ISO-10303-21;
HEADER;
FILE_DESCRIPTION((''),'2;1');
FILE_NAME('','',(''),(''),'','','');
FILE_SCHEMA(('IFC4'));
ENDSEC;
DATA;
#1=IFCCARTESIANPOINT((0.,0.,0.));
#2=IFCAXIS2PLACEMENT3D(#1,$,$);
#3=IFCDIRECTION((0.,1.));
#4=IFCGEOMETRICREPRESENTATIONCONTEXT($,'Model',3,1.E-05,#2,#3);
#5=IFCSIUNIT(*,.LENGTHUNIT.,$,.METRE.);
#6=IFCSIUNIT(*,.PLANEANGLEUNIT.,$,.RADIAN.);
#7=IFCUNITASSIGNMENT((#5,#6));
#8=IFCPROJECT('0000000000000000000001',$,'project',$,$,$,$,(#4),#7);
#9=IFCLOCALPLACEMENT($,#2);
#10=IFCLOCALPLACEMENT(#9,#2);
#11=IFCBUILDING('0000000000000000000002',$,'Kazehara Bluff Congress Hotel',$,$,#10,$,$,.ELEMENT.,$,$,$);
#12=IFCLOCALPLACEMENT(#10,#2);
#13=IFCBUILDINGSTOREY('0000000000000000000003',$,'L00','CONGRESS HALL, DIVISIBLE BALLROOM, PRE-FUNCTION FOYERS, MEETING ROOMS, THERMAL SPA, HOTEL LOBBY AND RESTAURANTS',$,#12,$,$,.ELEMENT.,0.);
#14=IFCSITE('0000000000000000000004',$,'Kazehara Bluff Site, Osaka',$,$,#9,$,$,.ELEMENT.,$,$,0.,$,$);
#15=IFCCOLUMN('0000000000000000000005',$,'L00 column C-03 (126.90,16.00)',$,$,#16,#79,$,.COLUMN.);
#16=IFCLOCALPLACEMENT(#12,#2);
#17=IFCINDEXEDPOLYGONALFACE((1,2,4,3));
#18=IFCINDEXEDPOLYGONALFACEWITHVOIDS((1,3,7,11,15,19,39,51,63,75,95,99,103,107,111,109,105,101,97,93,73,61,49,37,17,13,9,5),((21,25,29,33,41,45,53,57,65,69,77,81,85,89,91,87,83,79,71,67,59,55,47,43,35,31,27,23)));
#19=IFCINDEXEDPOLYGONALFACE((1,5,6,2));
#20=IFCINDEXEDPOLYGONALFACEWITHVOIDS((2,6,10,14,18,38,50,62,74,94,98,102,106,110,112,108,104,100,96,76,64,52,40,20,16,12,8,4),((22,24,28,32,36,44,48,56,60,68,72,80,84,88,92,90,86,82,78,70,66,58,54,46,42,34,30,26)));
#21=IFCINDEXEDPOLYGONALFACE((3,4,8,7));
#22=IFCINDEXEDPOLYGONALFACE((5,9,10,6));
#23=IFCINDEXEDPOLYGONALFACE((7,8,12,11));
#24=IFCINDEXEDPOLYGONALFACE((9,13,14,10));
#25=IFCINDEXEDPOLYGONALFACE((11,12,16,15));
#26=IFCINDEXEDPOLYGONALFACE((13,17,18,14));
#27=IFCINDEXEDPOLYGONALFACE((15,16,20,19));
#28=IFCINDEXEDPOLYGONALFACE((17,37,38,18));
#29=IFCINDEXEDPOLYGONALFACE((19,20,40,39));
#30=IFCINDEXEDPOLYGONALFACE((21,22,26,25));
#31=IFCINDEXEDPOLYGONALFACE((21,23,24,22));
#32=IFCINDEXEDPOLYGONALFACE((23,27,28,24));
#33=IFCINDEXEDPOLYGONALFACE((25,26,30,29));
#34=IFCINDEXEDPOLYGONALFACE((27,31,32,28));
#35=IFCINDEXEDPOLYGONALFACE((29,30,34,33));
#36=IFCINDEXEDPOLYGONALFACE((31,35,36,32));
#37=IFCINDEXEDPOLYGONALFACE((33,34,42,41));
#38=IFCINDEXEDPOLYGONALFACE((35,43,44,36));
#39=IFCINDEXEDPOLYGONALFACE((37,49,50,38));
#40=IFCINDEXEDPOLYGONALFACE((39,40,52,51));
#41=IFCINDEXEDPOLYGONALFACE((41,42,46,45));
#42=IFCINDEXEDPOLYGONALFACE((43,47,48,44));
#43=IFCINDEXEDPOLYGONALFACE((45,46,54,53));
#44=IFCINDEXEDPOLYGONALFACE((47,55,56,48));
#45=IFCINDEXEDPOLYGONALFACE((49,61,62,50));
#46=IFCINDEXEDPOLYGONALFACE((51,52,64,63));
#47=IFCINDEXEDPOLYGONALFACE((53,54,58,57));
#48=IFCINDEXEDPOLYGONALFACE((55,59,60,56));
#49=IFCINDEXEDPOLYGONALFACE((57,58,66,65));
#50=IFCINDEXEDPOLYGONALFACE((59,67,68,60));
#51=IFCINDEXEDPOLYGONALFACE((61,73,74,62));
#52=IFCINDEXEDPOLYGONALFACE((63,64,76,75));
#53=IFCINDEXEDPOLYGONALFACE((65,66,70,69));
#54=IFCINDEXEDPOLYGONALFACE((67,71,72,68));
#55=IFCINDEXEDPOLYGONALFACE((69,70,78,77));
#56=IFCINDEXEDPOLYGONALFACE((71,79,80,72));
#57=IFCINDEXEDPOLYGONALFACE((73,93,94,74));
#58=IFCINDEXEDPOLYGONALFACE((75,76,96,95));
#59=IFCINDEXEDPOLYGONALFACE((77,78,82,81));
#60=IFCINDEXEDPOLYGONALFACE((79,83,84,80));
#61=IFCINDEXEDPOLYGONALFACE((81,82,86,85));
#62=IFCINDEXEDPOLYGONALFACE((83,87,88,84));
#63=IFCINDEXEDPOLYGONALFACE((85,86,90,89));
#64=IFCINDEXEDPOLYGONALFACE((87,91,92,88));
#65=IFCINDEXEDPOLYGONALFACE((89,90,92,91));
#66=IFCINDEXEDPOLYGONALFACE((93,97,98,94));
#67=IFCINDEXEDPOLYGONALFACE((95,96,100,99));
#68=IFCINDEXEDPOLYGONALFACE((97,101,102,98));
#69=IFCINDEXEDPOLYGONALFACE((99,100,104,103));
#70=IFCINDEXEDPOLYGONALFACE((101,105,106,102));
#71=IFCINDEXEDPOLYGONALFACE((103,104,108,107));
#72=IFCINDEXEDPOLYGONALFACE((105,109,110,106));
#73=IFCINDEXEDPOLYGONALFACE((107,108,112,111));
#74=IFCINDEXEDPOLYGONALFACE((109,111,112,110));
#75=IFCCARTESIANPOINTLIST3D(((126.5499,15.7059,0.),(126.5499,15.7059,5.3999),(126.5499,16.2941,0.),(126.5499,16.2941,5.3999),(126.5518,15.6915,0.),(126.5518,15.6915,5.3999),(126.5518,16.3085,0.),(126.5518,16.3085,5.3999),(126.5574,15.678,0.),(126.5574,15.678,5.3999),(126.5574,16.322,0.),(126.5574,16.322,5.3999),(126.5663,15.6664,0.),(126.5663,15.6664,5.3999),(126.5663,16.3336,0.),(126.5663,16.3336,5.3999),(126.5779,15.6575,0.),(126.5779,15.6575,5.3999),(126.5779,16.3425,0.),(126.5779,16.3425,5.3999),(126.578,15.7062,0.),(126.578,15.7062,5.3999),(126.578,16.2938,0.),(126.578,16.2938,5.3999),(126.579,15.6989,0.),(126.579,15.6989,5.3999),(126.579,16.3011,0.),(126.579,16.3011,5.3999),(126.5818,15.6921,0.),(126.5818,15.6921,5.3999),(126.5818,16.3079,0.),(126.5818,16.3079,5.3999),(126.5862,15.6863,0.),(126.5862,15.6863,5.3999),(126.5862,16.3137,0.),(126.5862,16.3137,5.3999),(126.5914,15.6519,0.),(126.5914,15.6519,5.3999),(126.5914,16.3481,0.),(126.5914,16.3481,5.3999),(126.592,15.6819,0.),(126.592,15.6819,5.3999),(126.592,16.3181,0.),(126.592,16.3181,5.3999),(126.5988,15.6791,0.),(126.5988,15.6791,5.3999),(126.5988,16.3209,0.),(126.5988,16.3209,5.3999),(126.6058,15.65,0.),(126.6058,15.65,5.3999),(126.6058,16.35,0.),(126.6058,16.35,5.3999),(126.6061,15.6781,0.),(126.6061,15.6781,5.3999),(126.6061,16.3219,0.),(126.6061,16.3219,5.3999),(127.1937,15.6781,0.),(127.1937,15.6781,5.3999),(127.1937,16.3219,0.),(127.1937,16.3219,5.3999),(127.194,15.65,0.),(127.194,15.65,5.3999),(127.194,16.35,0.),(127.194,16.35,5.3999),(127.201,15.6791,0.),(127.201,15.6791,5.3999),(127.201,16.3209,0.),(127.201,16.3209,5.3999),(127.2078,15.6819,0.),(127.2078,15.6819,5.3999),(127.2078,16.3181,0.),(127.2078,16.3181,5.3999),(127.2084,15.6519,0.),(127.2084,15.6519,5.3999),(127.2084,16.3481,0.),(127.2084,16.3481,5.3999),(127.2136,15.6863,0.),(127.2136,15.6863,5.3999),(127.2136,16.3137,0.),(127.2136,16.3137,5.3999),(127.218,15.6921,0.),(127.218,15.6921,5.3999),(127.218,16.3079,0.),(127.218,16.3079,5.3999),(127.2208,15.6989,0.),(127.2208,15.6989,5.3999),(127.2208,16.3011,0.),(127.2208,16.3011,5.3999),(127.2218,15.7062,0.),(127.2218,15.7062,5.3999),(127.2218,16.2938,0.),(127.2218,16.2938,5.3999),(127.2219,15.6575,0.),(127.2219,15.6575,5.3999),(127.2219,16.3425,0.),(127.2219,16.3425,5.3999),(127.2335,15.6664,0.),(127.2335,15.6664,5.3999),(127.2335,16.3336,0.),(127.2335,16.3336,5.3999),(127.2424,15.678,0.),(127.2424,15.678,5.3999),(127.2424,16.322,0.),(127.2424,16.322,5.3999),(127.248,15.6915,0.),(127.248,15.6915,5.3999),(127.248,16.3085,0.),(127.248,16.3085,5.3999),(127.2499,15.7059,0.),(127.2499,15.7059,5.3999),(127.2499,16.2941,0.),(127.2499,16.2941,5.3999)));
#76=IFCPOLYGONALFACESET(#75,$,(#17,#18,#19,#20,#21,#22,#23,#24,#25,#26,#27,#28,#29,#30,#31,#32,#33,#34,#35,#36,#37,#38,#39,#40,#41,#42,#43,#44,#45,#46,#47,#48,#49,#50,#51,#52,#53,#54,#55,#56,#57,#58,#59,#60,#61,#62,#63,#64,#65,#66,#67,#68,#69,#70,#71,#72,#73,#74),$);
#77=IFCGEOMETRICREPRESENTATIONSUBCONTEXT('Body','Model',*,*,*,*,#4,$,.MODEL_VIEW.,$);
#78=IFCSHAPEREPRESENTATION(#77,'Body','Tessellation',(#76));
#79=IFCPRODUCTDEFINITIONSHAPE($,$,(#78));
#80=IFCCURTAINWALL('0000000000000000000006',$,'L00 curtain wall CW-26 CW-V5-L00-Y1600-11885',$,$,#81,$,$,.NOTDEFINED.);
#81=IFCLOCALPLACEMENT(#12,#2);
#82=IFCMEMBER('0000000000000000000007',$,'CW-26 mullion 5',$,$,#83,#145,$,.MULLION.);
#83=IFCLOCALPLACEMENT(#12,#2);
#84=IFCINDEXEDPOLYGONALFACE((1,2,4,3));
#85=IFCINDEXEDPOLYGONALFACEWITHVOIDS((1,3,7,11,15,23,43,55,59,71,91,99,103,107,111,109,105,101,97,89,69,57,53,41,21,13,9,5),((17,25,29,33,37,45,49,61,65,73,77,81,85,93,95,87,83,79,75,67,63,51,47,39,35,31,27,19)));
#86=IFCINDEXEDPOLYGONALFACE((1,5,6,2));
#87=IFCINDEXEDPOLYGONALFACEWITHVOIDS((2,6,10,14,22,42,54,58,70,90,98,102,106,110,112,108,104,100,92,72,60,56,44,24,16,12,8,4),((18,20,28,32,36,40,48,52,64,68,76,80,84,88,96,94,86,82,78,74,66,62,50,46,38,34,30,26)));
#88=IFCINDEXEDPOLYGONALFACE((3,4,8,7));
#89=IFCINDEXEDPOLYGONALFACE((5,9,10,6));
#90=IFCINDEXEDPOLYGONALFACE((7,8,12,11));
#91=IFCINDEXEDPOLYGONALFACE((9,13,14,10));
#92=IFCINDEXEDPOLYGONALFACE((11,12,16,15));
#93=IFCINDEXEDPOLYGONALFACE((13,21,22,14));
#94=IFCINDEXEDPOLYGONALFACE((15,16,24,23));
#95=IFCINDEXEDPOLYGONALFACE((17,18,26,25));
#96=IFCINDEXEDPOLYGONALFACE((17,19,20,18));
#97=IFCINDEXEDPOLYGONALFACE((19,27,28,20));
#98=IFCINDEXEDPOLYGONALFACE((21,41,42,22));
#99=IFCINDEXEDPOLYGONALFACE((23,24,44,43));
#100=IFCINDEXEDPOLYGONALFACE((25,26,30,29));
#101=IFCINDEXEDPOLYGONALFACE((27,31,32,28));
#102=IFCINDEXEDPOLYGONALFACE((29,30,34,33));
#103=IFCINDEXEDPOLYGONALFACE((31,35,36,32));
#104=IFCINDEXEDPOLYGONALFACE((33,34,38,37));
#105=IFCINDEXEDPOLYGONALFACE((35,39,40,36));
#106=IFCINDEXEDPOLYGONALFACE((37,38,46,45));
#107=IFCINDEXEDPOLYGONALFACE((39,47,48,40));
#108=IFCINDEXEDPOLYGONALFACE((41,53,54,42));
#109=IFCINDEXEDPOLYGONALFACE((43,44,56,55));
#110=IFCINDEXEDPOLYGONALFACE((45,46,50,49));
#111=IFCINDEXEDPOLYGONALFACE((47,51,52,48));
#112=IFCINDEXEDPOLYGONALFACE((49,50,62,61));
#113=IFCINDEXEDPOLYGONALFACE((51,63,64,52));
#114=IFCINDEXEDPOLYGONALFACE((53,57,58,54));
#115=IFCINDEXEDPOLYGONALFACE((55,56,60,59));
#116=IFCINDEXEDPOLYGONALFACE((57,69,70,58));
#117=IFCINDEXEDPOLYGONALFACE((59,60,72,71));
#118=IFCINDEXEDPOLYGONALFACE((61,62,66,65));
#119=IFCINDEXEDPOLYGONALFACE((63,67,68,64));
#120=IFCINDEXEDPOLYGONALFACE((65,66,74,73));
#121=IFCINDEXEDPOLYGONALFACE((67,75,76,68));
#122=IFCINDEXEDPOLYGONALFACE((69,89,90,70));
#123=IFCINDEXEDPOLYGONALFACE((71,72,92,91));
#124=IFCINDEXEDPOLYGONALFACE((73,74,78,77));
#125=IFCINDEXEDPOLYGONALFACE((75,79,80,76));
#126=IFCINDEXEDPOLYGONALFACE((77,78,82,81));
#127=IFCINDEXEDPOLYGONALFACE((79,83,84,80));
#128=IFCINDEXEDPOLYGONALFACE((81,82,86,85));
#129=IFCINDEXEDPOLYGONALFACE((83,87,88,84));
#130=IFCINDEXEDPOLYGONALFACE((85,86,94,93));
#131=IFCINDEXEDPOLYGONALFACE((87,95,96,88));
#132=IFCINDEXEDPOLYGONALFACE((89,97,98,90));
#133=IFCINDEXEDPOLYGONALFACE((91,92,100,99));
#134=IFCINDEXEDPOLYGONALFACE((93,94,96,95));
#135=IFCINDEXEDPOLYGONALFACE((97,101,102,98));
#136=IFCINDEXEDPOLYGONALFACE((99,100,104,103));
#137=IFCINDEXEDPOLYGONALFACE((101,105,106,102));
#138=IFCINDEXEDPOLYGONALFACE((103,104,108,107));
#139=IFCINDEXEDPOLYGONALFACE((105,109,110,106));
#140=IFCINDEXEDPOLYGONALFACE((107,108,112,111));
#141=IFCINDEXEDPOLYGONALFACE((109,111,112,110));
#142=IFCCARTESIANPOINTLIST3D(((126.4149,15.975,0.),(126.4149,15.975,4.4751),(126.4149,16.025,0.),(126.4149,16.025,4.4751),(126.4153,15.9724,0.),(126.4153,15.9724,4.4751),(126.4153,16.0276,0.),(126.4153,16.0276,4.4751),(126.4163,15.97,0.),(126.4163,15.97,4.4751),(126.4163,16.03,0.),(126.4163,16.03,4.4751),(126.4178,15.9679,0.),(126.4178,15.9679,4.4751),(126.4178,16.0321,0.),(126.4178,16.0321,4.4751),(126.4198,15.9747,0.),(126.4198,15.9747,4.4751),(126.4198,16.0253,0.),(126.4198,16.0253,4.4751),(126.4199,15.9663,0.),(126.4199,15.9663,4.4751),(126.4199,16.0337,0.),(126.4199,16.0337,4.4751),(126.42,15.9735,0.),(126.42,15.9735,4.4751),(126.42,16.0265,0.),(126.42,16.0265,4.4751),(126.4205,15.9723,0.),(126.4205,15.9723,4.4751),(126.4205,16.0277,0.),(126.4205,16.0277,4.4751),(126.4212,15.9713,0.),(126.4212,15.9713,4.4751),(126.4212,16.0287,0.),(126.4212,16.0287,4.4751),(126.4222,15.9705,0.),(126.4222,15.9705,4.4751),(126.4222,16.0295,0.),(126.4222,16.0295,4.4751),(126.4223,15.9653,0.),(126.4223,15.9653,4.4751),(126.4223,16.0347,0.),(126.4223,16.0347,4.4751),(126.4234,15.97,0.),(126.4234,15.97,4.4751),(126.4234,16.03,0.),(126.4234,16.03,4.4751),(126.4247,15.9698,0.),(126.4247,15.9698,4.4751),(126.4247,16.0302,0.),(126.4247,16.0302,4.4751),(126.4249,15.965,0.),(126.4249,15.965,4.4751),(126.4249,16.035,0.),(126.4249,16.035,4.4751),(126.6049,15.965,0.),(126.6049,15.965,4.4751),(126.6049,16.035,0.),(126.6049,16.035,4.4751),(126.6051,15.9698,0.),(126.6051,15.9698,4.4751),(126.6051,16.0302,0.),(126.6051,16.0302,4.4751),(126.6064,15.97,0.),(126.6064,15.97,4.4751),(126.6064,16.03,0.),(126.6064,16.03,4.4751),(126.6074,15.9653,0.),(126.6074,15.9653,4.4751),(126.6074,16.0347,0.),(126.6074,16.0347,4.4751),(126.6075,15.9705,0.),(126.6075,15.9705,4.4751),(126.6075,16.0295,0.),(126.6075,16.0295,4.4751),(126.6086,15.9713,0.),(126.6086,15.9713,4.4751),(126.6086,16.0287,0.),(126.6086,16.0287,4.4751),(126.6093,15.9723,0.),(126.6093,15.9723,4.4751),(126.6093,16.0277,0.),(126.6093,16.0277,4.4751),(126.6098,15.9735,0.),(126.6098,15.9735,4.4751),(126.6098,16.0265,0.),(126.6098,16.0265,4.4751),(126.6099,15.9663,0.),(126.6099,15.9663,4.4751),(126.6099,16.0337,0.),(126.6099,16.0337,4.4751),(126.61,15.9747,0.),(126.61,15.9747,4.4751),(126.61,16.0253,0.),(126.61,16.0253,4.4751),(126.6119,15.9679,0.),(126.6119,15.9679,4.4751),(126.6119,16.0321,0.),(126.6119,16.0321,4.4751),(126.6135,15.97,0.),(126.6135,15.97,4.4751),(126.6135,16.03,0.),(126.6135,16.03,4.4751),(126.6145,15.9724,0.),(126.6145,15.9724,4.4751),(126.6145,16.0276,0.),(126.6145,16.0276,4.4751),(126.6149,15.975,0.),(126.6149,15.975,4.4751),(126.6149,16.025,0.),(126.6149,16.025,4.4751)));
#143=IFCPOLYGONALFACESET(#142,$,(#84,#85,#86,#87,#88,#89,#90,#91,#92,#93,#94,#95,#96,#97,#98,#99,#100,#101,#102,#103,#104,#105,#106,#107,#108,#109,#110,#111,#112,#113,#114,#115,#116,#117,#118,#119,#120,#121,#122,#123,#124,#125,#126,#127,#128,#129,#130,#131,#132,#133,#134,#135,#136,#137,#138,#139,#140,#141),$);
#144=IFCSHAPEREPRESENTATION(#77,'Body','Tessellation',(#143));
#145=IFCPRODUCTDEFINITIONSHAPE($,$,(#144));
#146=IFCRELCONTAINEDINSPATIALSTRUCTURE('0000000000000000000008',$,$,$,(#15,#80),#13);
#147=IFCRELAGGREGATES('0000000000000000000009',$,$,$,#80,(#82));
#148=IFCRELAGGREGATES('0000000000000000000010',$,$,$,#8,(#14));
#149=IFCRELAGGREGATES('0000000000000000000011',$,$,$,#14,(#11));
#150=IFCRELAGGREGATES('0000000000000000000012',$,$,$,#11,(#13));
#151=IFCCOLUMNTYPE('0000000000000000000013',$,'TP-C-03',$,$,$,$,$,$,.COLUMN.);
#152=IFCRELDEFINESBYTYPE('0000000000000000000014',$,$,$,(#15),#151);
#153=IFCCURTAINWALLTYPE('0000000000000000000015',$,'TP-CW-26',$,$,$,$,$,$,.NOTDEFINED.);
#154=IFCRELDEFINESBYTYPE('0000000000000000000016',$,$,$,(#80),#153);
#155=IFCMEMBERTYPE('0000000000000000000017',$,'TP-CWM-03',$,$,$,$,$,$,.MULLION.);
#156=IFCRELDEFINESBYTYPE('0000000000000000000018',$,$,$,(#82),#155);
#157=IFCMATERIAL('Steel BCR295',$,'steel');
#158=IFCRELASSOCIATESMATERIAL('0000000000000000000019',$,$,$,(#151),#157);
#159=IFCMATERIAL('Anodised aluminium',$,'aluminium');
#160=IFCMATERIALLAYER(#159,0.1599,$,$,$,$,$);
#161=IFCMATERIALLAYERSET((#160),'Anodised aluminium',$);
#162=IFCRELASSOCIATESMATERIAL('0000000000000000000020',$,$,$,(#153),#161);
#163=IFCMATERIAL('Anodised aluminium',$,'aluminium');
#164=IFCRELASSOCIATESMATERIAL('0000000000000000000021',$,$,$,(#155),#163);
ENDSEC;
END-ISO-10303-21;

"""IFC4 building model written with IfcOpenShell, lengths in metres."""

from ifc_helpers import new_model, si_unit, direction, frame, origin, origin_2d, place, context, subcontext, project, spatial, hollow_rectangle, extrude, material, layer, layer_set, material_profile, profile_set, type_object, element, aggregate, save


model = new_model("IFC4")

# Units and contexts
model_context = context("Model", 3, precision=1e-05, world=origin(), true_north=direction((0.0, 1.0)))
body_context = subcontext(model_context, "Body", "Model", "MODEL_VIEW")
ifc_project = project(units=[si_unit("LENGTHUNIT", "METRE"), si_unit("PLANEANGLEUNIT", "RADIAN")], contexts=[model_context])

# Site, building, storey
site_placement = place(None, origin())
site = spatial("IfcSite", under=ifc_project, at=site_placement, Name="Kazehara Bluff Site, Osaka", CompositionType="ELEMENT", RefElevation=0.0)
building_placement = place(site_placement, origin())
building = spatial("IfcBuilding", under=site, at=building_placement, Name="Kazehara Bluff Congress Hotel", CompositionType="ELEMENT")
storey_placement = place(building_placement, origin())
storey = spatial("IfcBuildingStorey", under=building, at=storey_placement, Name="L00", Description="CONGRESS HALL, DIVISIBLE BALLROOM, PRE-FUNCTION FOYERS, MEETING ROOMS, THERMAL SPA, HOTEL LOBBY AND RESTAURANTS", CompositionType="ELEMENT", Elevation=0.0)

# Column
ifc_material_1 = material(Name="Steel BCR295", Category="steel")
ifc_material_profile_1 = material_profile(ifc_material_1, hollow_rectangle(XDim=0.7, YDim=0.7, WallThickness=0.0281, InnerFilletRadius=0.0281, OuterFilletRadius=0.0559, at=origin_2d()))
ifc_profile_set_1 = profile_set([ifc_material_profile_1], Name="Steel BCR295")
column_type = type_object("IfcColumnType", Name="TP-C-03", PredefinedType="COLUMN", material=ifc_profile_set_1)
column_placement = place(storey_placement, frame((126.8999, 16.0, 0.0), z_axis=(0.0, 0.0, 1.0), x_axis=(1.0, 0.0, 0.0)))
element("IfcColumn", 1, at=column_placement, inside=storey, type_object=column_type, Name="L00 column C-03 (126.90,16.00)", PredefinedType="COLUMN", context=body_context, shape_type="SweptSolid", body=[
    extrude(hollow_rectangle(XDim=0.7, YDim=0.7, WallThickness=0.0281, InnerFilletRadius=0.0281, OuterFilletRadius=0.0559, at=origin_2d()), origin(), (0.0, 0.0, 1.0), 5.3999),
])

# Curtain wall, member
ifc_material_2 = material(Name="Anodised aluminium", Category="aluminium")
ifc_layer_1 = layer(ifc_material_2, 0.1599)
ifc_layer_set_1 = layer_set([ifc_layer_1], Name="Anodised aluminium")
curtain_wall_type = type_object("IfcCurtainWallType", Name="TP-CW-26", PredefinedType="NOTDEFINED", material=ifc_layer_set_1)
curtain_wall_1_placement = place(storey_placement, origin())
curtain_wall_1 = element("IfcCurtainWall", 2, at=curtain_wall_1_placement, inside=storey, type_object=curtain_wall_type, Name="L00 curtain wall CW-26 CW-V5-L00-Y1600-11885", PredefinedType="NOTDEFINED")
ifc_material_3 = material(Name="Anodised aluminium", Category="aluminium")
ifc_material_profile_2 = material_profile(ifc_material_3, hollow_rectangle(XDim=0.0701, YDim=0.2, WallThickness=0.0049, InnerFilletRadius=0.0049, OuterFilletRadius=0.01, at=origin_2d()))
ifc_profile_set_2 = profile_set([ifc_material_profile_2], Name="Anodised aluminium")
member_type_1 = type_object("IfcMemberType", Name="TP-CWM-03", PredefinedType="MULLION", material=ifc_profile_set_2)
member_1_placement = place(storey_placement, frame((126.5149, 16.0, 0.0), z_axis=(0.0, 0.0, 1.0), x_axis=(0.0, 1.0, 0.0)))
member_1 = element("IfcMember", 3, at=member_1_placement, type_object=member_type_1, Name="CW-26 mullion 5", PredefinedType="MULLION", context=body_context, shape_type="SweptSolid", body=[
    extrude(hollow_rectangle(XDim=0.0701, YDim=0.2, WallThickness=0.0049, InnerFilletRadius=0.0049, OuterFilletRadius=0.01, at=origin_2d()), origin(), (0.0, 0.0, 1.0), 4.4751),
])

aggregate(curtain_wall_1, [member_1])

save(model, "model.ifc")
